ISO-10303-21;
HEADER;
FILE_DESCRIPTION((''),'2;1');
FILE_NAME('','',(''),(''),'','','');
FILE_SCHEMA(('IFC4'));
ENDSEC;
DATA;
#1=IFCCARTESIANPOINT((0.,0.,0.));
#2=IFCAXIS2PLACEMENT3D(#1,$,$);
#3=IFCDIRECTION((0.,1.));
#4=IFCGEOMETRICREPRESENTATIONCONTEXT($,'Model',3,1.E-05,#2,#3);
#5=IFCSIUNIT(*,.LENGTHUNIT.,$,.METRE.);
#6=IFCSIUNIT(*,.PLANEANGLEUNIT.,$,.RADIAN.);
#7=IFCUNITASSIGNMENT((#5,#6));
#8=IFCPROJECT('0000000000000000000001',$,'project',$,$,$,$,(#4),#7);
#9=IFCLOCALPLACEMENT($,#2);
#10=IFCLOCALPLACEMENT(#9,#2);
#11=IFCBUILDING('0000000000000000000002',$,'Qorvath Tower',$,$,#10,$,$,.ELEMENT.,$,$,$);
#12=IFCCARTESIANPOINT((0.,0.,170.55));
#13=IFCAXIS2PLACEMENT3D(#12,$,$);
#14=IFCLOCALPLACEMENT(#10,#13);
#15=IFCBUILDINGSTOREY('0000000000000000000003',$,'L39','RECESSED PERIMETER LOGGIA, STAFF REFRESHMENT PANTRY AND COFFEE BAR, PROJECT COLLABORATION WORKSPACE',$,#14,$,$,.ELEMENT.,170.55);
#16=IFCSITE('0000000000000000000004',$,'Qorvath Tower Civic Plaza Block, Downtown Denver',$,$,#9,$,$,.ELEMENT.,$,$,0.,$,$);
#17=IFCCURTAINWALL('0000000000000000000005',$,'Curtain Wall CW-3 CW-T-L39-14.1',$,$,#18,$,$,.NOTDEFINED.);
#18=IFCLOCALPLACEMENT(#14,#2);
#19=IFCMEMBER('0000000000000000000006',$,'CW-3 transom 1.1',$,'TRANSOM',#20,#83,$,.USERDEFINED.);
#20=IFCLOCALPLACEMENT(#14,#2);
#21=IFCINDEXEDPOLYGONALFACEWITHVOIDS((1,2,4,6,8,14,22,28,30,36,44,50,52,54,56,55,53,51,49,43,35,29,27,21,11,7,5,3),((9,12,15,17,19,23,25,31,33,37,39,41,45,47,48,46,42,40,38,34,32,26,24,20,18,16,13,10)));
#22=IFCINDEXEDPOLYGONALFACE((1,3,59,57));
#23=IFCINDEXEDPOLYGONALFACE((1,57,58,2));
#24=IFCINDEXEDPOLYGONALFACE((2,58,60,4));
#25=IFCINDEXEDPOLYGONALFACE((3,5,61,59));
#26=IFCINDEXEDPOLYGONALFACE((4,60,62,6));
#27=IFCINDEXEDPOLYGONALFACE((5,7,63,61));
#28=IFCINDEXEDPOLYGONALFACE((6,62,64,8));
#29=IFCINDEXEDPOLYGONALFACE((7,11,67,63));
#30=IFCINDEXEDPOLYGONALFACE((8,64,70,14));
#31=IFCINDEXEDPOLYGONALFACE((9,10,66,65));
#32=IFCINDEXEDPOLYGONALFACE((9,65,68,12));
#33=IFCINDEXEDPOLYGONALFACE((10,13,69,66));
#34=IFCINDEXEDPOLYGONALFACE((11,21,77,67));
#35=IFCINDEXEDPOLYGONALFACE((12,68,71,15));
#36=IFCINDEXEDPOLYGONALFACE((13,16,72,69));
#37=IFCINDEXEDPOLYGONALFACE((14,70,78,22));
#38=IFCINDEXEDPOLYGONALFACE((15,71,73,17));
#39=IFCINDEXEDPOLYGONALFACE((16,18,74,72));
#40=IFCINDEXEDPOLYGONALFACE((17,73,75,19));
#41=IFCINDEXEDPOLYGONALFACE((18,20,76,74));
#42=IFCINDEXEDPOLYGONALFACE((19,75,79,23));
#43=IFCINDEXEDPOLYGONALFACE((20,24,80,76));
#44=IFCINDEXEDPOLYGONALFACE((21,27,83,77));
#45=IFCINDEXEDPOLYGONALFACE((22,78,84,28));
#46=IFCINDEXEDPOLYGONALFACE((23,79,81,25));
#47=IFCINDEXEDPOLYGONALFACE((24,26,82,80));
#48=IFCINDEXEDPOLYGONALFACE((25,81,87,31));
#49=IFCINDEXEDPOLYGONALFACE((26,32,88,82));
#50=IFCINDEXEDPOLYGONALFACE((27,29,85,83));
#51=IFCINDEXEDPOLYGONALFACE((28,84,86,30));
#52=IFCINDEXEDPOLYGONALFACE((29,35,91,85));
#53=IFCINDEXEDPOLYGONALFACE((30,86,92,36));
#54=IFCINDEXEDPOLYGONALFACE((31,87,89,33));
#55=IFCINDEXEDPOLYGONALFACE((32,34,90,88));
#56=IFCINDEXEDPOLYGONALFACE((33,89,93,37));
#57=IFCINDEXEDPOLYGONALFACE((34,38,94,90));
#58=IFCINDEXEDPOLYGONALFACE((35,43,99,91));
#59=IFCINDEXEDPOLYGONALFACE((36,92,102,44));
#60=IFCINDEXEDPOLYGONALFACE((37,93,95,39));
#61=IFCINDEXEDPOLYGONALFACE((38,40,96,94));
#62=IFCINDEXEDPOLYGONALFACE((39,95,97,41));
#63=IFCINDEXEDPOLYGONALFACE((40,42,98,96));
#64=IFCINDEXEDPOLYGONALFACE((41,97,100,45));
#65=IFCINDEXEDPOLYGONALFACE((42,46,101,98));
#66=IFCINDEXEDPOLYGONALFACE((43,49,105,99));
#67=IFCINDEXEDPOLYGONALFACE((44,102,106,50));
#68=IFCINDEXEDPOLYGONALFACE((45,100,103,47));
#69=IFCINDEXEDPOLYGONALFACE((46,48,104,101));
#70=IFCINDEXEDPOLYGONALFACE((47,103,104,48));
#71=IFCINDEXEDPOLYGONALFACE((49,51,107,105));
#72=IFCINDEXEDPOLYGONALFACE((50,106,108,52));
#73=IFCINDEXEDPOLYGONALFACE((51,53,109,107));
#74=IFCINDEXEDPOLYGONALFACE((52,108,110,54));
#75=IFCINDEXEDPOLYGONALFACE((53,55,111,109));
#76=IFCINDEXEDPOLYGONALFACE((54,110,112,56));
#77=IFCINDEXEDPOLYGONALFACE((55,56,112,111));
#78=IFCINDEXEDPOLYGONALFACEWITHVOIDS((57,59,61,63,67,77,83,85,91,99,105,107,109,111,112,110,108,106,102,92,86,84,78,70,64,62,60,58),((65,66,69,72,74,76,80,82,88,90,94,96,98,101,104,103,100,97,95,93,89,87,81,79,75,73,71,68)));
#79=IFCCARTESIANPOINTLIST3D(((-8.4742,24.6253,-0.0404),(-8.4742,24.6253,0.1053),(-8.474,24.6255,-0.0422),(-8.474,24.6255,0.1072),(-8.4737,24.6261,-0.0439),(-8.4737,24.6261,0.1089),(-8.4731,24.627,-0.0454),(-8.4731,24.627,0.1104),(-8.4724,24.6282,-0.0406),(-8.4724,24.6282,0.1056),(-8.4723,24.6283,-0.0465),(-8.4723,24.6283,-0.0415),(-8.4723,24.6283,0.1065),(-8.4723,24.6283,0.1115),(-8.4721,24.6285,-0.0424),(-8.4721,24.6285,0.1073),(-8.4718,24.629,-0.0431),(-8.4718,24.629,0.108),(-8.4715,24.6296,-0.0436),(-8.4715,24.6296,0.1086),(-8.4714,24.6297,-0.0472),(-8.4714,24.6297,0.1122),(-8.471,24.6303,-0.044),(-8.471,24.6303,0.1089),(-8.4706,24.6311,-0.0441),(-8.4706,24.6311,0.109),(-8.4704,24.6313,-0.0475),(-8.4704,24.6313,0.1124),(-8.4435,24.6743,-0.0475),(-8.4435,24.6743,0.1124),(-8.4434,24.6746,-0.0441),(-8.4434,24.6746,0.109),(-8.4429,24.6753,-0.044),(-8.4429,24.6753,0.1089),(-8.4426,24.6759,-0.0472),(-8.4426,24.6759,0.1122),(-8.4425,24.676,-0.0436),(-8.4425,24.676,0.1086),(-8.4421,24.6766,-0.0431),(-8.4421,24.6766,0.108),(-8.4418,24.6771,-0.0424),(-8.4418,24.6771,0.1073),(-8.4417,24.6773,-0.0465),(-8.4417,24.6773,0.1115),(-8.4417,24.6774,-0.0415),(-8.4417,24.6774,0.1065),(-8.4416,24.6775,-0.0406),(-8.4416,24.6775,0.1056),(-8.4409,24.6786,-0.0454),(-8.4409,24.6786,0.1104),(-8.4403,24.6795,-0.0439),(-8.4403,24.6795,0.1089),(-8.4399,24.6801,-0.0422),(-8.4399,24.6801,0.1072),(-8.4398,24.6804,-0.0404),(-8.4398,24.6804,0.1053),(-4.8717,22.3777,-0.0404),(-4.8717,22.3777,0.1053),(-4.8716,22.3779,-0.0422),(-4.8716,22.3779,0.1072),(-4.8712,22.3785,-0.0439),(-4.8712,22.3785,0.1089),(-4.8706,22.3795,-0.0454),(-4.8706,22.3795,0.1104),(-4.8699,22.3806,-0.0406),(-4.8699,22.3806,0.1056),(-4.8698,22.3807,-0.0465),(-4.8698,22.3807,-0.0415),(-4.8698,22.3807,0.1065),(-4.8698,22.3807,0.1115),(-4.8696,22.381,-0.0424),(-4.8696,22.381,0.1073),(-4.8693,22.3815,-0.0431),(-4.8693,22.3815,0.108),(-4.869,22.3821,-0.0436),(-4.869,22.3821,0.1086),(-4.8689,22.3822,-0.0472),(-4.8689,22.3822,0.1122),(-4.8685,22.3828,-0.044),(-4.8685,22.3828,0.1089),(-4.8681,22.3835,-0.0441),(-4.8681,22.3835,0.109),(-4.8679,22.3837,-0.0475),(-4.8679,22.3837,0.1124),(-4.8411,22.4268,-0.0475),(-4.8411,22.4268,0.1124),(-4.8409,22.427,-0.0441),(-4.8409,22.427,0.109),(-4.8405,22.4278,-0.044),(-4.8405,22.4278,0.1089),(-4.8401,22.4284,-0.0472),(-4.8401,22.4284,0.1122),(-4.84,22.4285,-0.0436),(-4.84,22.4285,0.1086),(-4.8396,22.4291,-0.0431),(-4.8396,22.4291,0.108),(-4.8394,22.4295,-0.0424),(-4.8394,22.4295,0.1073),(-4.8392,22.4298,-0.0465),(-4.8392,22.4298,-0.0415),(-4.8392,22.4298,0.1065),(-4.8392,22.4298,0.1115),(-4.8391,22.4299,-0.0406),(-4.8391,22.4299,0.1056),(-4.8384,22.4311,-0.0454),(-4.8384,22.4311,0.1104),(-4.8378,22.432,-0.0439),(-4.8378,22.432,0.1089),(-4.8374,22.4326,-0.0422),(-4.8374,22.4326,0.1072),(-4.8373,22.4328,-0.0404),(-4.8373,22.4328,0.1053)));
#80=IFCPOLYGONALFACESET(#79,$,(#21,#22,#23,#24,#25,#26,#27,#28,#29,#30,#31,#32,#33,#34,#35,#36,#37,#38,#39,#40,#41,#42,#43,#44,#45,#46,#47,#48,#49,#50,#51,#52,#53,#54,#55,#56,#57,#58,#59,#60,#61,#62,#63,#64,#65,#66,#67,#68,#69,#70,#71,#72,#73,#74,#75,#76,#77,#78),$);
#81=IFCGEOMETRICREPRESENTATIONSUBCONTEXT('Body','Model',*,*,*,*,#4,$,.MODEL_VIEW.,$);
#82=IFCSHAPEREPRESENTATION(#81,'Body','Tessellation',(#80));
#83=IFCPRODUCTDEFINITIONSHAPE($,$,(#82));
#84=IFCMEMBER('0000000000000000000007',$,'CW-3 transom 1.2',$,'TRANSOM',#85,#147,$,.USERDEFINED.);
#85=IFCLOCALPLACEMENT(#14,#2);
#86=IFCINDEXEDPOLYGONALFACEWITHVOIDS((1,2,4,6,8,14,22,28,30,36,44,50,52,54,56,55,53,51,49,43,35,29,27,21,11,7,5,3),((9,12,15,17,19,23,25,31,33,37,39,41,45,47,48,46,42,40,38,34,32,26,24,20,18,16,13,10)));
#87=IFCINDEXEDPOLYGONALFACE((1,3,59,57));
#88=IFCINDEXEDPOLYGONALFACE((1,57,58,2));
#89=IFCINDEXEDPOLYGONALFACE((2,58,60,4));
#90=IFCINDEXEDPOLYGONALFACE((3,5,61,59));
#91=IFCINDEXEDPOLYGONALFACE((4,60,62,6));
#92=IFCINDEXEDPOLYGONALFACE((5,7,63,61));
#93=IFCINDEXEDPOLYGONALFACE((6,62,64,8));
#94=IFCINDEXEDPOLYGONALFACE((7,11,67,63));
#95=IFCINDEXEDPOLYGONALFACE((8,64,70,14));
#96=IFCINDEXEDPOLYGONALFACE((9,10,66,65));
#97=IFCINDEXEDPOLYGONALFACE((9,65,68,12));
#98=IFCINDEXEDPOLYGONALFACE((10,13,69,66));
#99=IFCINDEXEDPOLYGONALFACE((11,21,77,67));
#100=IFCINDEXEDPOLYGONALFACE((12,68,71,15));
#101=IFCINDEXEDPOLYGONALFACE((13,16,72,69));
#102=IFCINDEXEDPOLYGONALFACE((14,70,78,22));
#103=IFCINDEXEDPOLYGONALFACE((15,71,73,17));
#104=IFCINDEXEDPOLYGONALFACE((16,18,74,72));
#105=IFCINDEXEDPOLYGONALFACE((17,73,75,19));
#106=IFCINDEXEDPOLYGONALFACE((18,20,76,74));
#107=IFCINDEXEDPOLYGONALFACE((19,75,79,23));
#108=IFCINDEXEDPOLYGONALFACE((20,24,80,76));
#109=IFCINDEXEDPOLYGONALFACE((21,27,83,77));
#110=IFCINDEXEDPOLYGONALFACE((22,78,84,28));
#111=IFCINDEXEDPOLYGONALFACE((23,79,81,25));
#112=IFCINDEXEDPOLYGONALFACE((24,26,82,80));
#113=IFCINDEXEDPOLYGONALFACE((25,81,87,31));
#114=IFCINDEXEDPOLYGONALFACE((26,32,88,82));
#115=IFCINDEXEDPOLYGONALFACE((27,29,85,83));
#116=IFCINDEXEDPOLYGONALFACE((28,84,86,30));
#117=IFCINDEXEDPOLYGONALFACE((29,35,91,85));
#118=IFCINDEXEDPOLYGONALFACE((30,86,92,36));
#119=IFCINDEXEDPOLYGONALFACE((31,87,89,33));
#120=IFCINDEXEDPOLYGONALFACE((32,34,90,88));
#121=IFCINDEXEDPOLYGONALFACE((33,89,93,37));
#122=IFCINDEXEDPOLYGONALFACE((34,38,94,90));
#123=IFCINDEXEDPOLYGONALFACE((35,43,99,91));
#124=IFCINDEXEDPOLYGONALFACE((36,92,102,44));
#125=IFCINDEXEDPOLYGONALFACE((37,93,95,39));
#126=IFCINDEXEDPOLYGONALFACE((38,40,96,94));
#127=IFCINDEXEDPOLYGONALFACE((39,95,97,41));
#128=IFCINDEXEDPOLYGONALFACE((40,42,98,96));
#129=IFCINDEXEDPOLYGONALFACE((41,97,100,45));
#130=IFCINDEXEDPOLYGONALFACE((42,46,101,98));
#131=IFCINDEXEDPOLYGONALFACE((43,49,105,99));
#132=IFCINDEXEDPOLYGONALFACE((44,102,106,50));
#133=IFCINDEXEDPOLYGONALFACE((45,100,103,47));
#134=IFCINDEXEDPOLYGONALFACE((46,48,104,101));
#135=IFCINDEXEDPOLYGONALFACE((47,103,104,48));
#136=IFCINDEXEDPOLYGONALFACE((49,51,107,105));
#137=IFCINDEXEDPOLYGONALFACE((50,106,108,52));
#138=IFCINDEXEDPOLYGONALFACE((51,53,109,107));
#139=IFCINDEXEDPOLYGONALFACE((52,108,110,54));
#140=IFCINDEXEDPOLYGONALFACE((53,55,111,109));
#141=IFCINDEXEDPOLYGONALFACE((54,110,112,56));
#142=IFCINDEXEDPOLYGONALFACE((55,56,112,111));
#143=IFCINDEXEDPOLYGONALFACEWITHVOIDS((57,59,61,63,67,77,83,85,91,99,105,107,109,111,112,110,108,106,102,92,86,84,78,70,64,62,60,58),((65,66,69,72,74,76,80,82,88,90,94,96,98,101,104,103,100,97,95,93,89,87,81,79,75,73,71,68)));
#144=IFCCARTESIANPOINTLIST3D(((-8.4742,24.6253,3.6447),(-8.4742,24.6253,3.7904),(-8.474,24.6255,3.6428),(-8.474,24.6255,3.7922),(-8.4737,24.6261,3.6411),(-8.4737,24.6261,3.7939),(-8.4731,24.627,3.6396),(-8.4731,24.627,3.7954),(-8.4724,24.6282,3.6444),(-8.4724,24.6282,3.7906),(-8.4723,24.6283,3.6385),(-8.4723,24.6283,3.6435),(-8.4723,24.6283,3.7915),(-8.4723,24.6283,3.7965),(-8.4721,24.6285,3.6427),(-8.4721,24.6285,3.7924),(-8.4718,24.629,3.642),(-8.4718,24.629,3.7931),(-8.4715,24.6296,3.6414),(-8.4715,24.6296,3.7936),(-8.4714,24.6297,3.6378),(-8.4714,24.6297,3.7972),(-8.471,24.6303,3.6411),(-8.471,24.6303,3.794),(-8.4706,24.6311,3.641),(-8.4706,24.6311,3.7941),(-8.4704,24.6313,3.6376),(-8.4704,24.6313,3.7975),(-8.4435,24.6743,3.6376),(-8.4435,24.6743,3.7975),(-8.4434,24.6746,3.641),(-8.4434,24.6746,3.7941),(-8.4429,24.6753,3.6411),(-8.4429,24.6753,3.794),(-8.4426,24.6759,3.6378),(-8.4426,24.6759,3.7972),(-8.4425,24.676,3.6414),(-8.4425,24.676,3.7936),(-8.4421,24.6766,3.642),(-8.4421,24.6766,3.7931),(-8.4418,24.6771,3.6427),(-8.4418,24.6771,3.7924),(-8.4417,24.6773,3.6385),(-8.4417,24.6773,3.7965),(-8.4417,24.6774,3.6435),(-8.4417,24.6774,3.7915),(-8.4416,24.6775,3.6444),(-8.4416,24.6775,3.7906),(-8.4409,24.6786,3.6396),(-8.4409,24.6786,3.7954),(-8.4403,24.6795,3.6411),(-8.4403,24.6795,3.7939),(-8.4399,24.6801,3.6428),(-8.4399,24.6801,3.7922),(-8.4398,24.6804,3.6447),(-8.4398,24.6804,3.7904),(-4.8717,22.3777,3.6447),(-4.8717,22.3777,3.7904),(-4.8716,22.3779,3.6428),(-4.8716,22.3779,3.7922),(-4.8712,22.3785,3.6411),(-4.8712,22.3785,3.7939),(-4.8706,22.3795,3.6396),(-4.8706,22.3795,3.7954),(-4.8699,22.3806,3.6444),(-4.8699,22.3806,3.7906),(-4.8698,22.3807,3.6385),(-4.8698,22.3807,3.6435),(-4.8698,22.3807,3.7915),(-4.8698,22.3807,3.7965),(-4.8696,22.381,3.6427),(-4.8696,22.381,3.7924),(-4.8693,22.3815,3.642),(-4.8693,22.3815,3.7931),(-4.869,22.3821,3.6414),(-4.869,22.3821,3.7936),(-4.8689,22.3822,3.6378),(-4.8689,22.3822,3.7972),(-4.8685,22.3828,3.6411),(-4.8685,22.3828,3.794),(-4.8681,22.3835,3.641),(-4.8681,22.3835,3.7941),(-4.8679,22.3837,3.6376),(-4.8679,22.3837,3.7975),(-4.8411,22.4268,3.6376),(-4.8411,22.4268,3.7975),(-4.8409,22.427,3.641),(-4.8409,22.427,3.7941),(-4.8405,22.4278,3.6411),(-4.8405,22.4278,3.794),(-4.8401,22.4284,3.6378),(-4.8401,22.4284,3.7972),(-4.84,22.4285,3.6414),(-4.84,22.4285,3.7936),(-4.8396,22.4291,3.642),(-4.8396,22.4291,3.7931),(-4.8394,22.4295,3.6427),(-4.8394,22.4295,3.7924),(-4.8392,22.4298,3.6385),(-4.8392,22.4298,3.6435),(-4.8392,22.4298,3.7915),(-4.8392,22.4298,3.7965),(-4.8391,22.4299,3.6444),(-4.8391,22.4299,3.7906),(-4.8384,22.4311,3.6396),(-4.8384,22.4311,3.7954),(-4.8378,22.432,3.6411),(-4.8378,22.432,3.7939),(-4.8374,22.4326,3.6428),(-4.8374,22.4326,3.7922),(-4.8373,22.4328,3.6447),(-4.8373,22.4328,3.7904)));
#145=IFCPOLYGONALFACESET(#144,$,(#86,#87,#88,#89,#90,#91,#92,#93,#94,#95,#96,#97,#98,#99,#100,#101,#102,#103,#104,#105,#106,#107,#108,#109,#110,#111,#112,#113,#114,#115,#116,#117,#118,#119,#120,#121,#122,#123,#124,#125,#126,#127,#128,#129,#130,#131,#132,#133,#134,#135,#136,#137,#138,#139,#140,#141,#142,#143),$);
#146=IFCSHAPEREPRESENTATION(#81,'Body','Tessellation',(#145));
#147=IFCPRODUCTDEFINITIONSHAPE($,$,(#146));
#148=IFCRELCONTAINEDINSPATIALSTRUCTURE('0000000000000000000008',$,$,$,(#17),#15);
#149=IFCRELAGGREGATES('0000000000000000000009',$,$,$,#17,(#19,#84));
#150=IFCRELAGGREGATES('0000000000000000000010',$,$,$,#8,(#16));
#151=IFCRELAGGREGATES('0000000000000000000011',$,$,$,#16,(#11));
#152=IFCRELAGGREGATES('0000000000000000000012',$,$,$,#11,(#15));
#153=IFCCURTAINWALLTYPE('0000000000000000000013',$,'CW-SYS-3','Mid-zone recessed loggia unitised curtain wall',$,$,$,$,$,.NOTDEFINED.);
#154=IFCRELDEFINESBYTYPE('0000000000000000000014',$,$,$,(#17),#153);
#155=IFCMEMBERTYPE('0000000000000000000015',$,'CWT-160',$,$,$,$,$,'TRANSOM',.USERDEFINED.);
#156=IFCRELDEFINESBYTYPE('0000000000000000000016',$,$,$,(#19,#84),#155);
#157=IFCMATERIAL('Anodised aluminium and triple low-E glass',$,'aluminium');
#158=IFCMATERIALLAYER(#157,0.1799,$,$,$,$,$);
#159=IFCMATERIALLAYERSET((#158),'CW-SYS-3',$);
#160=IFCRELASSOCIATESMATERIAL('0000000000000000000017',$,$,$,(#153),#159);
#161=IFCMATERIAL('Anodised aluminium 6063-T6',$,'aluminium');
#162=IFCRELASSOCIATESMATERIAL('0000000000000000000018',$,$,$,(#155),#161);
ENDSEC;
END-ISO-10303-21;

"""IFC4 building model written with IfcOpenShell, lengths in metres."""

from ifc_helpers import new_model, si_unit, direction, frame, origin, origin_2d, place, context, subcontext, project, spatial, hollow_rectangle, extrude, material, layer, layer_set, material_profile, profile_set, type_object, element, aggregate, save


model = new_model("IFC4")

# Units and contexts
model_context = context("Model", 3, precision=1e-05, world=origin(), true_north=direction((0.0, 1.0)))
body_context = subcontext(model_context, "Body", "Model", "MODEL_VIEW")
ifc_project = project(units=[si_unit("LENGTHUNIT", "METRE"), si_unit("PLANEANGLEUNIT", "RADIAN")], contexts=[model_context])

# Site, building, storey
site_placement = place(None, origin())
site = spatial("IfcSite", under=ifc_project, at=site_placement, Name="Qorvath Tower Civic Plaza Block, Downtown Denver", CompositionType="ELEMENT", RefElevation=0.0)
building_placement = place(site_placement, origin())
building = spatial("IfcBuilding", under=site, at=building_placement, Name="Qorvath Tower", CompositionType="ELEMENT")
storey_placement = place(building_placement, frame((0.0, 0.0, 170.55)))
storey = spatial("IfcBuildingStorey", under=building, at=storey_placement, Name="L39", Description="RECESSED PERIMETER LOGGIA, STAFF REFRESHMENT PANTRY AND COFFEE BAR, PROJECT COLLABORATION WORKSPACE", CompositionType="ELEMENT", Elevation=170.55)

# Shared definitions
ifc_material_1 = material(Name="Anodised aluminium and triple low-E glass", Category="aluminium")
ifc_layer_1 = layer(ifc_material_1, 0.1799)
ifc_layer_set_1 = layer_set([ifc_layer_1], Name="CW-SYS-3")
curtain_wall_type = type_object("IfcCurtainWallType", Name="CW-SYS-3", Description="Mid-zone recessed loggia unitised curtain wall", PredefinedType="NOTDEFINED", material=ifc_layer_set_1)

# Curtain wall
curtain_wall_1_placement = place(storey_placement, origin())
curtain_wall_1 = element("IfcCurtainWall", 1, at=curtain_wall_1_placement, inside=storey, type_object=curtain_wall_type, Name="Curtain Wall CW-3 CW-T-L39-14.1", PredefinedType="NOTDEFINED")

# Members
ifc_material_2 = material(Name="Anodised aluminium 6063-T6", Category="aluminium")
ifc_material_profile_1 = material_profile(ifc_material_2, hollow_rectangle(XDim=0.0649, YDim=0.1599, WallThickness=0.0034, InnerFilletRadius=0.0034, OuterFilletRadius=0.0071, at=origin_2d()), Name="CWT 160x65")
ifc_profile_set_1 = profile_set([ifc_material_profile_1], Name="Anodised aluminium 6063-T6")
member_type_1 = type_object("IfcMemberType", Name="CWT-160", ElementType="TRANSOM", PredefinedType="USERDEFINED", material=ifc_profile_set_1)
member_1_placement = place(storey_placement, frame((-4.8545, 22.4053, 0.0325), z_axis=(-0.848424, 0.529317, 0.0), x_axis=(-0.529317, -0.848424, 0.0)))
member_1 = element("IfcMember", 2, at=member_1_placement, type_object=member_type_1, Name="CW-3 transom 1.1", ObjectType="TRANSOM", PredefinedType="USERDEFINED", context=body_context, shape_type="SweptSolid", body=[
    extrude(hollow_rectangle(XDim=0.0649, YDim=0.1599, WallThickness=0.0034, InnerFilletRadius=0.0034, OuterFilletRadius=0.0071, at=origin_2d()), origin(), (0.0, 0.0, 1.0), 4.2461),
])
member_2_placement = place(storey_placement, frame((-4.8545, 22.4053, 3.7175), z_axis=(-0.848424, 0.529317, 0.0), x_axis=(-0.529317, -0.848424, 0.0)))
member_2 = element("IfcMember", 3, at=member_2_placement, type_object=member_type_1, Name="CW-3 transom 1.2", ObjectType="TRANSOM", PredefinedType="USERDEFINED", context=body_context, shape_type="SweptSolid", body=[
    extrude(hollow_rectangle(XDim=0.0649, YDim=0.1599, WallThickness=0.0034, InnerFilletRadius=0.0034, OuterFilletRadius=0.0071, at=origin_2d()), origin(), (0.0, 0.0, 1.0), 4.2461),
])

aggregate(curtain_wall_1, [member_1, member_2])

save(model, "model.ifc")
